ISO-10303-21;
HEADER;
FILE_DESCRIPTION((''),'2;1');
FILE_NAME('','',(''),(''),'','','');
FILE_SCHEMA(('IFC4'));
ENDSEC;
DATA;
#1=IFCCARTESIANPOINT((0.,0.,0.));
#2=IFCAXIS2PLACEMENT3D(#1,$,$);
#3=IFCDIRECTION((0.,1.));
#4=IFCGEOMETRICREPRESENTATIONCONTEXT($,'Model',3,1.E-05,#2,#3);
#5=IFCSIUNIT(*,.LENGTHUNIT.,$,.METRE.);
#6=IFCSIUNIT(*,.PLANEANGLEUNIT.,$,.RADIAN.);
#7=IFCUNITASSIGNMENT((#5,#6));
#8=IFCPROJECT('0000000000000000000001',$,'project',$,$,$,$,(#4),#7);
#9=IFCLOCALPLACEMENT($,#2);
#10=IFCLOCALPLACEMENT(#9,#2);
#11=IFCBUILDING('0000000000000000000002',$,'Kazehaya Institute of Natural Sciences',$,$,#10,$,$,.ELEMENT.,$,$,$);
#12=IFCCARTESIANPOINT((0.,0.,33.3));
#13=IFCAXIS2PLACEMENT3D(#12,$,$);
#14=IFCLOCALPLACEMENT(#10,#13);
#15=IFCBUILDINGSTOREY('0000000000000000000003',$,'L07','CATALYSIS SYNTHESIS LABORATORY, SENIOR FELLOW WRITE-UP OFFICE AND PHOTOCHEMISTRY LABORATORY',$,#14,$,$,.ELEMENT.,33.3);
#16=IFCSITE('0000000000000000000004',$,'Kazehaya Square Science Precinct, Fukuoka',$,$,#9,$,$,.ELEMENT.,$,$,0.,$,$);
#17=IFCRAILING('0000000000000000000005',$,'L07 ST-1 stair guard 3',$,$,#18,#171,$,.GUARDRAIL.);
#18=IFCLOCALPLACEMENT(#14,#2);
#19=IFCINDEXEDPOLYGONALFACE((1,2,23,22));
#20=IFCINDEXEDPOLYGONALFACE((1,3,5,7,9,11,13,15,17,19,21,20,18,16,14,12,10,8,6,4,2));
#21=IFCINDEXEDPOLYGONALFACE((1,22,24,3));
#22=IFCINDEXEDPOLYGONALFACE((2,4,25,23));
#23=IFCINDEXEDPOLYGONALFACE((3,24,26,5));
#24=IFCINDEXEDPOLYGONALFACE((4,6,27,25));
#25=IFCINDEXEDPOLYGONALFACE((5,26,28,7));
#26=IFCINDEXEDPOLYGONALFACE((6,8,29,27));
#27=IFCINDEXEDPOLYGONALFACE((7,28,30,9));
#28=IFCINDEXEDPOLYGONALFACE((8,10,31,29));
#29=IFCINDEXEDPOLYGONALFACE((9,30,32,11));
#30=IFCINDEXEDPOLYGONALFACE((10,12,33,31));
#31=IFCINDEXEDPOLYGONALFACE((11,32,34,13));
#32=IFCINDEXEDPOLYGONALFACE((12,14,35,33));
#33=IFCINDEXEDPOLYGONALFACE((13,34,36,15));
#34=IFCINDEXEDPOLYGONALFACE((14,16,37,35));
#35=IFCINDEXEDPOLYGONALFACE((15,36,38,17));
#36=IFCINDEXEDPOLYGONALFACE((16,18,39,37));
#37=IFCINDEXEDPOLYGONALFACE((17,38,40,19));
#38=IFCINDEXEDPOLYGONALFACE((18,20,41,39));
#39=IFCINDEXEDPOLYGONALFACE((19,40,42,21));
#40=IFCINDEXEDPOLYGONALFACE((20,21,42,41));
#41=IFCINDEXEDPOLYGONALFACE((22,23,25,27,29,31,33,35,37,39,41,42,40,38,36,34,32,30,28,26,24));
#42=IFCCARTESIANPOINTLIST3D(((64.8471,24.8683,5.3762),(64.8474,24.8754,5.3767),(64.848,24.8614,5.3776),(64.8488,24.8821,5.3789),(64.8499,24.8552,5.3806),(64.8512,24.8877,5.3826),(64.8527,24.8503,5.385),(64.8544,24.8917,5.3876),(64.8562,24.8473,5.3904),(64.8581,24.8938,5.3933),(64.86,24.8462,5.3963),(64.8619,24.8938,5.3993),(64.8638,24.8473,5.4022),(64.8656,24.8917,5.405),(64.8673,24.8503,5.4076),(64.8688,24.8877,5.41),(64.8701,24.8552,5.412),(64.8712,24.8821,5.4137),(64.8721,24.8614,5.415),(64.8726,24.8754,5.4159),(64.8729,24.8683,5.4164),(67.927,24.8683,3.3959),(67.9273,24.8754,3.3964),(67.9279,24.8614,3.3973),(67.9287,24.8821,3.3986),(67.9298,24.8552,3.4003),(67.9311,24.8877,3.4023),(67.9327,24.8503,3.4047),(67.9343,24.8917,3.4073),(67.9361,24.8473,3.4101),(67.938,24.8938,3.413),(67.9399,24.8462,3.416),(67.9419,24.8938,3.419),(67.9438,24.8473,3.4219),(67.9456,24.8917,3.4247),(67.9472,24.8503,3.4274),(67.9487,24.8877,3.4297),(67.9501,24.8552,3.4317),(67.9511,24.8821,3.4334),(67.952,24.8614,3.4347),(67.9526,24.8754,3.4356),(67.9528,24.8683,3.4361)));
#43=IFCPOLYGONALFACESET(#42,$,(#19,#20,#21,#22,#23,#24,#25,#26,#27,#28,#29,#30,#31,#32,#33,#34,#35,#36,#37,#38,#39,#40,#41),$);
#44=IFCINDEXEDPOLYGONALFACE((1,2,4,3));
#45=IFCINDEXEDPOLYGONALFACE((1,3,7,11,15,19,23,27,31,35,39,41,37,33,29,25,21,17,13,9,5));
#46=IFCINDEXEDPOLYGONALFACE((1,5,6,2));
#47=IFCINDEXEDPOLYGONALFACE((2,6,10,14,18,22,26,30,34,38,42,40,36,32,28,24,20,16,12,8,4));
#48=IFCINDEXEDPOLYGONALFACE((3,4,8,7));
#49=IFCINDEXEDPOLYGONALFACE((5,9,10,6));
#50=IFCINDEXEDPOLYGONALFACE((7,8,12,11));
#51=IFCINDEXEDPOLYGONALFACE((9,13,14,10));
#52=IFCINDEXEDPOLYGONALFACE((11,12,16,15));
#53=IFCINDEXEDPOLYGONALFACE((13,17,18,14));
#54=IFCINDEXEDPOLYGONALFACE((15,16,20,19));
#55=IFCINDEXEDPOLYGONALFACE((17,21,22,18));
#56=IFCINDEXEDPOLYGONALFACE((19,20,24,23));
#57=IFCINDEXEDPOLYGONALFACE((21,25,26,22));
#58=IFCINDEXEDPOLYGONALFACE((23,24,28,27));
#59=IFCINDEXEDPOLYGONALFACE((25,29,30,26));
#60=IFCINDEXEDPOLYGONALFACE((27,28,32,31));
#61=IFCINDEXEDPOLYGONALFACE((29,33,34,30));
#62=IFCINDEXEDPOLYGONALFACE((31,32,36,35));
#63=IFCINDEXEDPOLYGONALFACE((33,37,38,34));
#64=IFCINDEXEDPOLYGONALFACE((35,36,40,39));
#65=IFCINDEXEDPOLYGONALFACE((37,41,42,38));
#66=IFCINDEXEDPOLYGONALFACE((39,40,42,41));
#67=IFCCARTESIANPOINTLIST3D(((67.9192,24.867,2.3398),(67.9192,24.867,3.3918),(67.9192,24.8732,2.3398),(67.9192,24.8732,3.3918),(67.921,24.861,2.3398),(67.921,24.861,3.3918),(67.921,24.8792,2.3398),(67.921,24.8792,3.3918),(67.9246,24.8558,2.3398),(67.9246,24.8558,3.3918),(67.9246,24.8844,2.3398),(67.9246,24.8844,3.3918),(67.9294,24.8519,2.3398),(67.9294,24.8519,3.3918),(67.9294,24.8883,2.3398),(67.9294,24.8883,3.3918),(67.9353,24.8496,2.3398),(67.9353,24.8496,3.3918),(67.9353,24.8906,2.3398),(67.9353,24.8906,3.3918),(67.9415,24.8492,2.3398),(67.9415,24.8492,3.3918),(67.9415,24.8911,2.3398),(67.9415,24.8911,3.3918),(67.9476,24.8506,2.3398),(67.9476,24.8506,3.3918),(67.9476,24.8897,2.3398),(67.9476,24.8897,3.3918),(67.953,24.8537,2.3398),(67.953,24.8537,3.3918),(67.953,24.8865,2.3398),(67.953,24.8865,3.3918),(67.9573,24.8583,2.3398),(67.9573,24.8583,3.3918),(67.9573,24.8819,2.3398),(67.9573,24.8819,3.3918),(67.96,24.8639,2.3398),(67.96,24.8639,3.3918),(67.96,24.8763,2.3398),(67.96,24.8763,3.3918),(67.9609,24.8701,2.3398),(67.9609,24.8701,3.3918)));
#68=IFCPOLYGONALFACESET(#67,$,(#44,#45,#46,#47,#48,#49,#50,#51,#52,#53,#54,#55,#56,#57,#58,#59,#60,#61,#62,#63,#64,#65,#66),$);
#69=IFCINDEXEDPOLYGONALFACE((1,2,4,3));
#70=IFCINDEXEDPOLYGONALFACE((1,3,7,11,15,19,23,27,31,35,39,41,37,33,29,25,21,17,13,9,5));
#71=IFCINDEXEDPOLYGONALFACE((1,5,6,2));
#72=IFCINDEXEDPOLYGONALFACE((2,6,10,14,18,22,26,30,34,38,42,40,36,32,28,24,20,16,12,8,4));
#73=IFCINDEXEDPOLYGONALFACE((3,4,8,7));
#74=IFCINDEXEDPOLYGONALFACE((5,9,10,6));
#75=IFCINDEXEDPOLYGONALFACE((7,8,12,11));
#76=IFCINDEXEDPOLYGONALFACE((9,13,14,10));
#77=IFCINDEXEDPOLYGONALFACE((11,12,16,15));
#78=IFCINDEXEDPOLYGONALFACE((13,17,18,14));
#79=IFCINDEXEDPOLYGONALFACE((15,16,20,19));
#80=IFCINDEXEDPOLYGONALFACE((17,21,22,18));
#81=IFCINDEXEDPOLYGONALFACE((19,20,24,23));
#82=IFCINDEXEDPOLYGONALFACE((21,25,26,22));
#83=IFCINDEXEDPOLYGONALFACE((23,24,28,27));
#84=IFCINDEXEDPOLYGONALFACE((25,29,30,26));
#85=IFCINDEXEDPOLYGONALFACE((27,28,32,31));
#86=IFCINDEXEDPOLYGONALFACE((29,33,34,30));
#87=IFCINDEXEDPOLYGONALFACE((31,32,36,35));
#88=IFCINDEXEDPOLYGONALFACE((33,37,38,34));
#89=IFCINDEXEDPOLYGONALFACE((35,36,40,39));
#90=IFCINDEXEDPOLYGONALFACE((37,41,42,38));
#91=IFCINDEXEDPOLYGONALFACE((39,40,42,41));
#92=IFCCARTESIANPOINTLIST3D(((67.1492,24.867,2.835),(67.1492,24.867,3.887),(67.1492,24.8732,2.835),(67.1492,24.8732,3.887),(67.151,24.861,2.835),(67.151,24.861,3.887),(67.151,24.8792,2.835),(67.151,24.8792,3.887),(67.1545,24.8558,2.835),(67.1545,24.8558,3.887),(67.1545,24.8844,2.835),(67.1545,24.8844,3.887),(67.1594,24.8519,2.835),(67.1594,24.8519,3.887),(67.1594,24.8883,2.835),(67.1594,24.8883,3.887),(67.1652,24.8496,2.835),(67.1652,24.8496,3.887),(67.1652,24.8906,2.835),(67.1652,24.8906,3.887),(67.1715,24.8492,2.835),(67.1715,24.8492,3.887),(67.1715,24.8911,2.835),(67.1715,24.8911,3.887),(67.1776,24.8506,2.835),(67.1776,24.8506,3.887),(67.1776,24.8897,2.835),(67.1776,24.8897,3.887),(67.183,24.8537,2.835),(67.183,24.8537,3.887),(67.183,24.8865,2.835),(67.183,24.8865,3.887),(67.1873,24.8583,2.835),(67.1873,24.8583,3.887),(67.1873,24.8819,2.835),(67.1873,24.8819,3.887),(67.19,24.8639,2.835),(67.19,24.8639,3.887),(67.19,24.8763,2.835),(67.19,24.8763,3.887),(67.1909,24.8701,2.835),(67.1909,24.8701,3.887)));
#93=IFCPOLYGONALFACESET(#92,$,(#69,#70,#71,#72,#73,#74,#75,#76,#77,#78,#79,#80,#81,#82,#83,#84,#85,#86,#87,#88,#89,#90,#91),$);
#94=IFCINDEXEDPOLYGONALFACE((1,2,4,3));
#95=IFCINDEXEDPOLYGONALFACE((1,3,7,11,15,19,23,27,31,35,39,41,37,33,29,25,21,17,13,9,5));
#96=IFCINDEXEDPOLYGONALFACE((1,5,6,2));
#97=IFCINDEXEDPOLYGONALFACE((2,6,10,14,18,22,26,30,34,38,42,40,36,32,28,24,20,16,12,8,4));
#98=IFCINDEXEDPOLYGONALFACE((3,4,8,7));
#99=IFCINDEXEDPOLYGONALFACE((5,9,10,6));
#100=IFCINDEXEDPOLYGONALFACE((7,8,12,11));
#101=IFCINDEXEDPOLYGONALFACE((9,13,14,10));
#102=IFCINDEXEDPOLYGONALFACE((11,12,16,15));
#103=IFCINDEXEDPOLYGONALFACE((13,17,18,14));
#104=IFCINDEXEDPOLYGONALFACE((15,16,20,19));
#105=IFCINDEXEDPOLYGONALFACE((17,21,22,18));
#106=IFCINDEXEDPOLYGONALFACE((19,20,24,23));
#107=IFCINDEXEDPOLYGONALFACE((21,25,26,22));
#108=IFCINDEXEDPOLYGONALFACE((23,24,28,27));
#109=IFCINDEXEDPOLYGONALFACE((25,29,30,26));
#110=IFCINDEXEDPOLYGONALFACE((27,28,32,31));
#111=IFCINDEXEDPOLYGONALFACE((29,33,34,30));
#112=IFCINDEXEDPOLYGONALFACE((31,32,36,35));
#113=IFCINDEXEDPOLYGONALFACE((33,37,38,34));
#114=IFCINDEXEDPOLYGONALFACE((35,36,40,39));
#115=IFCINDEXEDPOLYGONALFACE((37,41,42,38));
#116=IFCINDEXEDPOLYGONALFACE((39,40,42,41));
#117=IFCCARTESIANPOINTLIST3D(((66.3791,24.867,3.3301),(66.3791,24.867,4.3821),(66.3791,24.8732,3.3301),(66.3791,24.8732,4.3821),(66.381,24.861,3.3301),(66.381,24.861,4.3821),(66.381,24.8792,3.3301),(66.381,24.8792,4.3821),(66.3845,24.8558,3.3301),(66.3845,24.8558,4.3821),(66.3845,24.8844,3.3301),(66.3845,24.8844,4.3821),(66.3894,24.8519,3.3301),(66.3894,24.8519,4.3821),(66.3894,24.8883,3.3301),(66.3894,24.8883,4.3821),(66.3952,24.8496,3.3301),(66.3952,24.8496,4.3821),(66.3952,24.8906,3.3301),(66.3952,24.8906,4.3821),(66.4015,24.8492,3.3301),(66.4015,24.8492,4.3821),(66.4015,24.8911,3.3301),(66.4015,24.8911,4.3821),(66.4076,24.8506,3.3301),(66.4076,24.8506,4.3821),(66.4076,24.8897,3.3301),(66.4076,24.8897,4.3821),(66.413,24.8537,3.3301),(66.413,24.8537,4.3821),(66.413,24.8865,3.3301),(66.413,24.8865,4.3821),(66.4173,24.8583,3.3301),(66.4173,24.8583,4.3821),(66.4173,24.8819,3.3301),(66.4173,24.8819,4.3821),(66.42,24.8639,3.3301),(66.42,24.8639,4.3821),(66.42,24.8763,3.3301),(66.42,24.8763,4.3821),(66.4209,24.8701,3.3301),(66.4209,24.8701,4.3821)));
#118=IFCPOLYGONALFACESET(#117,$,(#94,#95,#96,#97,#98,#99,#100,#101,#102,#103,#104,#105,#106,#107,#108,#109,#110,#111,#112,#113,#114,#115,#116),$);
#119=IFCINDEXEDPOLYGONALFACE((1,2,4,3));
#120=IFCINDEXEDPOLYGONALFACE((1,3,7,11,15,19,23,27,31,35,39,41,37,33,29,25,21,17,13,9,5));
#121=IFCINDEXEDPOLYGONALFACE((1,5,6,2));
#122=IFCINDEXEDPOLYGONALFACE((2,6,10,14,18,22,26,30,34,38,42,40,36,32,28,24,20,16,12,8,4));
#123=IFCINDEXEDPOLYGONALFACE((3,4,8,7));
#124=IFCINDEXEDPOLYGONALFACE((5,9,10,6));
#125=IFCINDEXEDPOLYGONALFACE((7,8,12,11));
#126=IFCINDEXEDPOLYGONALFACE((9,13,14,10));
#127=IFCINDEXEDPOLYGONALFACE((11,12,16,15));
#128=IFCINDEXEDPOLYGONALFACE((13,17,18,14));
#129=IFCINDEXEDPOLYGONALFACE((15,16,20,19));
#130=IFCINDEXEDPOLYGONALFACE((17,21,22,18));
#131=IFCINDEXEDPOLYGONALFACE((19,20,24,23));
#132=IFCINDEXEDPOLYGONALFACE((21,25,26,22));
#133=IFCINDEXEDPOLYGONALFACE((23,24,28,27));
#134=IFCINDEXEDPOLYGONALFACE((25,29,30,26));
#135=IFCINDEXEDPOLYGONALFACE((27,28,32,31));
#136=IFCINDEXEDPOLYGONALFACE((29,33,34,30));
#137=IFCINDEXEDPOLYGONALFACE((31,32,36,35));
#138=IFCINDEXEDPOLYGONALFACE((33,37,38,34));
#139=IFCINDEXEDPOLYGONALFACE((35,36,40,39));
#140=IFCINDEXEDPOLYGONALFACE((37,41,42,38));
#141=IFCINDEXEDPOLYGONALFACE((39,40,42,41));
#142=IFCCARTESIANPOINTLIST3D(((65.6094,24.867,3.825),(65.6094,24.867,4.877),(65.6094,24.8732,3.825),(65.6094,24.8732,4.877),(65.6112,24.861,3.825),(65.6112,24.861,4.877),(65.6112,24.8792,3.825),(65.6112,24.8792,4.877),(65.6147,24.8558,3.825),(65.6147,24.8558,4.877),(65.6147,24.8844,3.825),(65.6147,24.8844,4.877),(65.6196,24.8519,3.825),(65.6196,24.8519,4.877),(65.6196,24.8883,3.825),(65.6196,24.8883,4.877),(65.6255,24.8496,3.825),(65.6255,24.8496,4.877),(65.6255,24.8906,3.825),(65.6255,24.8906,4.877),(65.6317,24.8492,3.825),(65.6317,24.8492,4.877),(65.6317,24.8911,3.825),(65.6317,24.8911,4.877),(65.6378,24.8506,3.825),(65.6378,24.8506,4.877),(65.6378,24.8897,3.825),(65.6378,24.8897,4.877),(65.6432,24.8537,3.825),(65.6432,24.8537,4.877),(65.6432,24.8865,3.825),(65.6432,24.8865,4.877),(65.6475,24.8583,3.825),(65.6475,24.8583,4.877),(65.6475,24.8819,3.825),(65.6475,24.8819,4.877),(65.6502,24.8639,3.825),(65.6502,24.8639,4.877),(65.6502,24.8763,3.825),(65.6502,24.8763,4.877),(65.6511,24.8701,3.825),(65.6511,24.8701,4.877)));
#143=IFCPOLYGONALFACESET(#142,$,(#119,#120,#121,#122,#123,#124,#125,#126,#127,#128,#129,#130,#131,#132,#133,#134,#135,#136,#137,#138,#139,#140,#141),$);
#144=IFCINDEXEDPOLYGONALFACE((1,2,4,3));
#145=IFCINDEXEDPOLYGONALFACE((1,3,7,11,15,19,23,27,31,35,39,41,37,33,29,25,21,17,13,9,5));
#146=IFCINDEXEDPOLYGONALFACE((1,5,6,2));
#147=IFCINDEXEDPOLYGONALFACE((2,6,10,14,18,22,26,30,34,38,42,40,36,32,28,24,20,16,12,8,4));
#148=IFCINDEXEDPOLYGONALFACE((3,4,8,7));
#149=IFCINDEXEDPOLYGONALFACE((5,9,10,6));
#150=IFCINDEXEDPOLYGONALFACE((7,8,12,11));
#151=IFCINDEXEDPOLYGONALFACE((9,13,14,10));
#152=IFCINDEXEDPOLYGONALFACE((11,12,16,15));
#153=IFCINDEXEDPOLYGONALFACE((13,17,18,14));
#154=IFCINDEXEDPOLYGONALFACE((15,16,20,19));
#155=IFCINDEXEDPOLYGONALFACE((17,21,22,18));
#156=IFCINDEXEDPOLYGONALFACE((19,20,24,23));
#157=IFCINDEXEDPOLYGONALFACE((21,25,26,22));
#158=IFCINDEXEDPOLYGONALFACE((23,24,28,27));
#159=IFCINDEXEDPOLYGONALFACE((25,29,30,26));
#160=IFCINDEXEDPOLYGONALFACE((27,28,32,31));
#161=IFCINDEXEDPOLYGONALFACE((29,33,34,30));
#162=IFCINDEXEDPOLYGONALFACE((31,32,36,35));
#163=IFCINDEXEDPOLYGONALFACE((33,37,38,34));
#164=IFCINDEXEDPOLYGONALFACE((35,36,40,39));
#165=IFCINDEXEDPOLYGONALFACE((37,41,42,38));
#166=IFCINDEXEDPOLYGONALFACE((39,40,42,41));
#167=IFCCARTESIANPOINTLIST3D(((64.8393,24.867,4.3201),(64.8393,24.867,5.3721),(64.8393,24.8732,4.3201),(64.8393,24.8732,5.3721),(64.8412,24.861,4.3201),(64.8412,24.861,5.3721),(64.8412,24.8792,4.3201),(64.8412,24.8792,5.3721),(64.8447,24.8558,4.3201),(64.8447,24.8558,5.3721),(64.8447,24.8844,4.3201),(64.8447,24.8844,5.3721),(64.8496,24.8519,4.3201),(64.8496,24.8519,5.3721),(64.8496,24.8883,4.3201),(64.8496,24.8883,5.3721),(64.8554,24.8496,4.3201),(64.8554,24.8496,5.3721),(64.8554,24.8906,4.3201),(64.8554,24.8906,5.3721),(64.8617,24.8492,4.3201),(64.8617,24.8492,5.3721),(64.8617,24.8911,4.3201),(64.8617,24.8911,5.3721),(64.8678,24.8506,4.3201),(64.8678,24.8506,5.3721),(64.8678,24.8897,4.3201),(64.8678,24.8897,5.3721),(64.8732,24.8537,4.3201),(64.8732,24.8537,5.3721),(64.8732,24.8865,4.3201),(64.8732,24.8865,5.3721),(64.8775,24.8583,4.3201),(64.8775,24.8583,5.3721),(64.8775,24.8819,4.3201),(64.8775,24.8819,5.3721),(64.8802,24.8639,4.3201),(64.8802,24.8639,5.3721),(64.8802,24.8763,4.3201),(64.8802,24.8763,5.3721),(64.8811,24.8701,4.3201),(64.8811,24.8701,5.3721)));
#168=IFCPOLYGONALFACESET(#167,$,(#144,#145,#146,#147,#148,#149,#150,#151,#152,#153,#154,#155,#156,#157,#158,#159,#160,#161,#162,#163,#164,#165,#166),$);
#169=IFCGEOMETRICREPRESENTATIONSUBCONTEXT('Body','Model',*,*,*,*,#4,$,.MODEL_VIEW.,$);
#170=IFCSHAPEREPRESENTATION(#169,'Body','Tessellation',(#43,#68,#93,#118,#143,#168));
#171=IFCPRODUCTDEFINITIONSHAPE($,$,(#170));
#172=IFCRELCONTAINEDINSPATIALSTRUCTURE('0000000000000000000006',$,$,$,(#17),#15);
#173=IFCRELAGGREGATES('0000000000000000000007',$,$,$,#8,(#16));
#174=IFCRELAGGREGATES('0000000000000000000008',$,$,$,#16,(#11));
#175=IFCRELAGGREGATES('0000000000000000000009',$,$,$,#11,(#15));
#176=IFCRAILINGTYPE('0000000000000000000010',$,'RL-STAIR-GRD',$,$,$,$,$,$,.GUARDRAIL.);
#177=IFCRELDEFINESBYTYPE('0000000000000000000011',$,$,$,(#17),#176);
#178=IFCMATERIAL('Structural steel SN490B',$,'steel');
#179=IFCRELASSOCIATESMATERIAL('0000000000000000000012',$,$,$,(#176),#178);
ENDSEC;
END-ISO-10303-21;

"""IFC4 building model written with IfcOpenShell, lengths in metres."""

from ifc_helpers import new_model, si_unit, direction, frame, origin, origin_2d, place, context, subcontext, project, spatial, circle, extrude, material, type_object, element, save


model = new_model("IFC4")

# Units and contexts
model_context = context("Model", 3, precision=1e-05, world=origin(), true_north=direction((0.0, 1.0)))
body_context = subcontext(model_context, "Body", "Model", "MODEL_VIEW")
ifc_project = project(units=[si_unit("LENGTHUNIT", "METRE"), si_unit("PLANEANGLEUNIT", "RADIAN")], contexts=[model_context])

# Site, building, storey
site_placement = place(None, origin())
site = spatial("IfcSite", under=ifc_project, at=site_placement, Name="Kazehaya Square Science Precinct, Fukuoka", CompositionType="ELEMENT", RefElevation=0.0)
building_placement = place(site_placement, origin())
building = spatial("IfcBuilding", under=site, at=building_placement, Name="Kazehaya Institute of Natural Sciences", CompositionType="ELEMENT")
storey_placement = place(building_placement, frame((0.0, 0.0, 33.3)))
storey = spatial("IfcBuildingStorey", under=building, at=storey_placement, Name="L07", Description="CATALYSIS SYNTHESIS LABORATORY, SENIOR FELLOW WRITE-UP OFFICE AND PHOTOCHEMISTRY LABORATORY", CompositionType="ELEMENT", Elevation=33.3)

# Railing
ifc_material_1 = material(Name="Structural steel SN490B", Category="steel")
railing_type_1 = type_object("IfcRailingType", Name="RL-STAIR-GRD", PredefinedType="GUARDRAIL", material=ifc_material_1)
railing_1_placement = place(storey_placement, frame((67.9399, 24.8701, 2.3398)))
element("IfcRailing", 1, at=railing_1_placement, inside=storey, type_object=railing_type_1, Name="L07 ST-1 stair guard 3", PredefinedType="GUARDRAIL", context=body_context, shape_type="SweptSolid", body=[
    extrude(circle(Radius=0.0239, at=origin_2d()), frame((0.0, 0.0, 1.0762), z_axis=(-0.841137, 0.0, 0.540822), x_axis=(0.0, -1.0, 0.0)), (0.0, 0.0, 1.0), 3.6616),
    extrude(circle(Radius=0.021, at=origin_2d()), origin(), (0.0, 0.0, 1.0), 1.052),
    extrude(circle(Radius=0.021, at=origin_2d()), frame((-0.77, 0.0, 0.4951)), (0.0, 0.0, 1.0), 1.052),
    extrude(circle(Radius=0.021, at=origin_2d()), frame((-1.54, 0.0, 0.9902)), (0.0, 0.0, 1.0), 1.052),
    extrude(circle(Radius=0.021, at=origin_2d()), frame((-2.3098, 0.0, 1.4851)), (0.0, 0.0, 1.0), 1.052),
    extrude(circle(Radius=0.021, at=origin_2d()), frame((-3.0798, 0.0, 1.9802)), (0.0, 0.0, 1.0), 1.052),
])

save(model, "model.ifc")
